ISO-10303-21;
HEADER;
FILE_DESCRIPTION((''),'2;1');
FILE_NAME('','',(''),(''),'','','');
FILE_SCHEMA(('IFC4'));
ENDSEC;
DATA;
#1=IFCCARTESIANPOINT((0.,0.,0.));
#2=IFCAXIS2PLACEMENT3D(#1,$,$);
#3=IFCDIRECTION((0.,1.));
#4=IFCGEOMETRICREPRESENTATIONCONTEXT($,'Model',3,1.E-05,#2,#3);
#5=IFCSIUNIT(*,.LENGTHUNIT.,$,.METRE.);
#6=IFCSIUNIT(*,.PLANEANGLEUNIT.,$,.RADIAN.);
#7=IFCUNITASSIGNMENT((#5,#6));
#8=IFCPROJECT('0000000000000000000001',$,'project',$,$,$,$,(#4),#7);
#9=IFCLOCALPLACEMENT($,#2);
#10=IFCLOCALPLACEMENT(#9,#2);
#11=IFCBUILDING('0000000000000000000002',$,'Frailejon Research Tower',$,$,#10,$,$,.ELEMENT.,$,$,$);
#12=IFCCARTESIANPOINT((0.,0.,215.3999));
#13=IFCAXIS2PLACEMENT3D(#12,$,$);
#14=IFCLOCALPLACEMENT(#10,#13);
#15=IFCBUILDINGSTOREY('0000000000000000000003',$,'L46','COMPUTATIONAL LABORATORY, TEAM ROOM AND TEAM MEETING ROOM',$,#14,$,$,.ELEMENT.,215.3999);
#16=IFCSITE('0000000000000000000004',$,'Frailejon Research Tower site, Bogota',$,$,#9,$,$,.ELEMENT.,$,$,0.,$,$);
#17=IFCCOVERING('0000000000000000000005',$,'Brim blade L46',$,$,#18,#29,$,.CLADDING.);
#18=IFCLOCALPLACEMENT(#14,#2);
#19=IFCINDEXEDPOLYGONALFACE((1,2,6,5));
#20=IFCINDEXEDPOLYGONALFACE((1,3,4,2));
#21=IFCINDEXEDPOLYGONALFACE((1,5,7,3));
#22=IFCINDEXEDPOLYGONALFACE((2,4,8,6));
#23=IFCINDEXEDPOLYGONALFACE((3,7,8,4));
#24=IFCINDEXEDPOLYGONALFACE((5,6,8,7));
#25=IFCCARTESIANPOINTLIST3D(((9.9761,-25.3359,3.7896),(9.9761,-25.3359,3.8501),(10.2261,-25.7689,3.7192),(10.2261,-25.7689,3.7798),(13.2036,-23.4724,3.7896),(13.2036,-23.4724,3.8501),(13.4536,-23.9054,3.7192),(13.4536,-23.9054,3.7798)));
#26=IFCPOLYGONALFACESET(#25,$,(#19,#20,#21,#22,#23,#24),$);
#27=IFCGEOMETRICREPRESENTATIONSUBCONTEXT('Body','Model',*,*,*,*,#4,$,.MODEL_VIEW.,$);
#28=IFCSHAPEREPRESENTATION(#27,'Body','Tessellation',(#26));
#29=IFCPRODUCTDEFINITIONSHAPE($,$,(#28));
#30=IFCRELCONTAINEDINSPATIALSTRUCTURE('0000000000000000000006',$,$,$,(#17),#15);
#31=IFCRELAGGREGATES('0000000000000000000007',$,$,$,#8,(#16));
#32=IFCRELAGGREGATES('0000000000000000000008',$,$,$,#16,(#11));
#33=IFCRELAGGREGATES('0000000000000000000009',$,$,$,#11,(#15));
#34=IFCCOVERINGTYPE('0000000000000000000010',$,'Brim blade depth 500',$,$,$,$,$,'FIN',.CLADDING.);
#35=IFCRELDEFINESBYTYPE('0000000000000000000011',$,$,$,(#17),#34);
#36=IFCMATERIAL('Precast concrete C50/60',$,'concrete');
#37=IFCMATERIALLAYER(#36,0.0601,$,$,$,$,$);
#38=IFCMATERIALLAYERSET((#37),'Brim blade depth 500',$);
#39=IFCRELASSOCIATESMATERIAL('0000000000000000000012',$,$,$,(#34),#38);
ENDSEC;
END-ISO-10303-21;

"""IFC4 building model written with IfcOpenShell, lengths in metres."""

from ifc_helpers import new_model, si_unit, direction, frame, origin, place, context, subcontext, project, spatial, polyline, outline, extrude, material, layer, layer_set, type_object, element, save


model = new_model("IFC4")

# Units and contexts
model_context = context("Model", 3, precision=1e-05, world=origin(), true_north=direction((0.0, 1.0)))
body_context = subcontext(model_context, "Body", "Model", "MODEL_VIEW")
ifc_project = project(units=[si_unit("LENGTHUNIT", "METRE"), si_unit("PLANEANGLEUNIT", "RADIAN")], contexts=[model_context])

# Site, building, storey
site_placement = place(None, origin())
site = spatial("IfcSite", under=ifc_project, at=site_placement, Name="Frailejon Research Tower site, Bogota", CompositionType="ELEMENT", RefElevation=0.0)
building_placement = place(site_placement, origin())
building = spatial("IfcBuilding", under=site, at=building_placement, Name="Frailejon Research Tower", CompositionType="ELEMENT")
storey_placement = place(building_placement, frame((0.0, 0.0, 215.3999)))
storey = spatial("IfcBuildingStorey", under=building, at=storey_placement, Name="L46", Description="COMPUTATIONAL LABORATORY, TEAM ROOM AND TEAM MEETING ROOM", CompositionType="ELEMENT", Elevation=215.3999)

# Covering
ifc_material_1 = material(Name="Precast concrete C50/60", Category="concrete")
ifc_layer_1 = layer(ifc_material_1, 0.0601)
ifc_layer_set_1 = layer_set([ifc_layer_1], Name="Brim blade depth 500")
covering_type_1 = type_object("IfcCoveringType", Name="Brim blade depth 500", ElementType="FIN", PredefinedType="CLADDING", material=ifc_layer_set_1)
covering_1_placement = place(storey_placement, frame((13.2036, -23.4724, 3.8501), z_axis=(-0.866018, -0.500012, 0.0), x_axis=(0.500012, -0.866018, 0.0)))
element("IfcCovering", 1, at=covering_1_placement, inside=storey, type_object=covering_type_1, Name="Brim blade L46", PredefinedType="CLADDING", context=body_context, shape_type="SweptSolid", body=[
    extrude(outline(polyline([(0.0, -0.0605), (0.5, -0.1309), (0.5, -0.0703), (0.0, 0.0), (0.0, -0.0605)])), origin(), (0.0, 0.0, 1.0), 3.7268),
])

save(model, "model.ifc")
